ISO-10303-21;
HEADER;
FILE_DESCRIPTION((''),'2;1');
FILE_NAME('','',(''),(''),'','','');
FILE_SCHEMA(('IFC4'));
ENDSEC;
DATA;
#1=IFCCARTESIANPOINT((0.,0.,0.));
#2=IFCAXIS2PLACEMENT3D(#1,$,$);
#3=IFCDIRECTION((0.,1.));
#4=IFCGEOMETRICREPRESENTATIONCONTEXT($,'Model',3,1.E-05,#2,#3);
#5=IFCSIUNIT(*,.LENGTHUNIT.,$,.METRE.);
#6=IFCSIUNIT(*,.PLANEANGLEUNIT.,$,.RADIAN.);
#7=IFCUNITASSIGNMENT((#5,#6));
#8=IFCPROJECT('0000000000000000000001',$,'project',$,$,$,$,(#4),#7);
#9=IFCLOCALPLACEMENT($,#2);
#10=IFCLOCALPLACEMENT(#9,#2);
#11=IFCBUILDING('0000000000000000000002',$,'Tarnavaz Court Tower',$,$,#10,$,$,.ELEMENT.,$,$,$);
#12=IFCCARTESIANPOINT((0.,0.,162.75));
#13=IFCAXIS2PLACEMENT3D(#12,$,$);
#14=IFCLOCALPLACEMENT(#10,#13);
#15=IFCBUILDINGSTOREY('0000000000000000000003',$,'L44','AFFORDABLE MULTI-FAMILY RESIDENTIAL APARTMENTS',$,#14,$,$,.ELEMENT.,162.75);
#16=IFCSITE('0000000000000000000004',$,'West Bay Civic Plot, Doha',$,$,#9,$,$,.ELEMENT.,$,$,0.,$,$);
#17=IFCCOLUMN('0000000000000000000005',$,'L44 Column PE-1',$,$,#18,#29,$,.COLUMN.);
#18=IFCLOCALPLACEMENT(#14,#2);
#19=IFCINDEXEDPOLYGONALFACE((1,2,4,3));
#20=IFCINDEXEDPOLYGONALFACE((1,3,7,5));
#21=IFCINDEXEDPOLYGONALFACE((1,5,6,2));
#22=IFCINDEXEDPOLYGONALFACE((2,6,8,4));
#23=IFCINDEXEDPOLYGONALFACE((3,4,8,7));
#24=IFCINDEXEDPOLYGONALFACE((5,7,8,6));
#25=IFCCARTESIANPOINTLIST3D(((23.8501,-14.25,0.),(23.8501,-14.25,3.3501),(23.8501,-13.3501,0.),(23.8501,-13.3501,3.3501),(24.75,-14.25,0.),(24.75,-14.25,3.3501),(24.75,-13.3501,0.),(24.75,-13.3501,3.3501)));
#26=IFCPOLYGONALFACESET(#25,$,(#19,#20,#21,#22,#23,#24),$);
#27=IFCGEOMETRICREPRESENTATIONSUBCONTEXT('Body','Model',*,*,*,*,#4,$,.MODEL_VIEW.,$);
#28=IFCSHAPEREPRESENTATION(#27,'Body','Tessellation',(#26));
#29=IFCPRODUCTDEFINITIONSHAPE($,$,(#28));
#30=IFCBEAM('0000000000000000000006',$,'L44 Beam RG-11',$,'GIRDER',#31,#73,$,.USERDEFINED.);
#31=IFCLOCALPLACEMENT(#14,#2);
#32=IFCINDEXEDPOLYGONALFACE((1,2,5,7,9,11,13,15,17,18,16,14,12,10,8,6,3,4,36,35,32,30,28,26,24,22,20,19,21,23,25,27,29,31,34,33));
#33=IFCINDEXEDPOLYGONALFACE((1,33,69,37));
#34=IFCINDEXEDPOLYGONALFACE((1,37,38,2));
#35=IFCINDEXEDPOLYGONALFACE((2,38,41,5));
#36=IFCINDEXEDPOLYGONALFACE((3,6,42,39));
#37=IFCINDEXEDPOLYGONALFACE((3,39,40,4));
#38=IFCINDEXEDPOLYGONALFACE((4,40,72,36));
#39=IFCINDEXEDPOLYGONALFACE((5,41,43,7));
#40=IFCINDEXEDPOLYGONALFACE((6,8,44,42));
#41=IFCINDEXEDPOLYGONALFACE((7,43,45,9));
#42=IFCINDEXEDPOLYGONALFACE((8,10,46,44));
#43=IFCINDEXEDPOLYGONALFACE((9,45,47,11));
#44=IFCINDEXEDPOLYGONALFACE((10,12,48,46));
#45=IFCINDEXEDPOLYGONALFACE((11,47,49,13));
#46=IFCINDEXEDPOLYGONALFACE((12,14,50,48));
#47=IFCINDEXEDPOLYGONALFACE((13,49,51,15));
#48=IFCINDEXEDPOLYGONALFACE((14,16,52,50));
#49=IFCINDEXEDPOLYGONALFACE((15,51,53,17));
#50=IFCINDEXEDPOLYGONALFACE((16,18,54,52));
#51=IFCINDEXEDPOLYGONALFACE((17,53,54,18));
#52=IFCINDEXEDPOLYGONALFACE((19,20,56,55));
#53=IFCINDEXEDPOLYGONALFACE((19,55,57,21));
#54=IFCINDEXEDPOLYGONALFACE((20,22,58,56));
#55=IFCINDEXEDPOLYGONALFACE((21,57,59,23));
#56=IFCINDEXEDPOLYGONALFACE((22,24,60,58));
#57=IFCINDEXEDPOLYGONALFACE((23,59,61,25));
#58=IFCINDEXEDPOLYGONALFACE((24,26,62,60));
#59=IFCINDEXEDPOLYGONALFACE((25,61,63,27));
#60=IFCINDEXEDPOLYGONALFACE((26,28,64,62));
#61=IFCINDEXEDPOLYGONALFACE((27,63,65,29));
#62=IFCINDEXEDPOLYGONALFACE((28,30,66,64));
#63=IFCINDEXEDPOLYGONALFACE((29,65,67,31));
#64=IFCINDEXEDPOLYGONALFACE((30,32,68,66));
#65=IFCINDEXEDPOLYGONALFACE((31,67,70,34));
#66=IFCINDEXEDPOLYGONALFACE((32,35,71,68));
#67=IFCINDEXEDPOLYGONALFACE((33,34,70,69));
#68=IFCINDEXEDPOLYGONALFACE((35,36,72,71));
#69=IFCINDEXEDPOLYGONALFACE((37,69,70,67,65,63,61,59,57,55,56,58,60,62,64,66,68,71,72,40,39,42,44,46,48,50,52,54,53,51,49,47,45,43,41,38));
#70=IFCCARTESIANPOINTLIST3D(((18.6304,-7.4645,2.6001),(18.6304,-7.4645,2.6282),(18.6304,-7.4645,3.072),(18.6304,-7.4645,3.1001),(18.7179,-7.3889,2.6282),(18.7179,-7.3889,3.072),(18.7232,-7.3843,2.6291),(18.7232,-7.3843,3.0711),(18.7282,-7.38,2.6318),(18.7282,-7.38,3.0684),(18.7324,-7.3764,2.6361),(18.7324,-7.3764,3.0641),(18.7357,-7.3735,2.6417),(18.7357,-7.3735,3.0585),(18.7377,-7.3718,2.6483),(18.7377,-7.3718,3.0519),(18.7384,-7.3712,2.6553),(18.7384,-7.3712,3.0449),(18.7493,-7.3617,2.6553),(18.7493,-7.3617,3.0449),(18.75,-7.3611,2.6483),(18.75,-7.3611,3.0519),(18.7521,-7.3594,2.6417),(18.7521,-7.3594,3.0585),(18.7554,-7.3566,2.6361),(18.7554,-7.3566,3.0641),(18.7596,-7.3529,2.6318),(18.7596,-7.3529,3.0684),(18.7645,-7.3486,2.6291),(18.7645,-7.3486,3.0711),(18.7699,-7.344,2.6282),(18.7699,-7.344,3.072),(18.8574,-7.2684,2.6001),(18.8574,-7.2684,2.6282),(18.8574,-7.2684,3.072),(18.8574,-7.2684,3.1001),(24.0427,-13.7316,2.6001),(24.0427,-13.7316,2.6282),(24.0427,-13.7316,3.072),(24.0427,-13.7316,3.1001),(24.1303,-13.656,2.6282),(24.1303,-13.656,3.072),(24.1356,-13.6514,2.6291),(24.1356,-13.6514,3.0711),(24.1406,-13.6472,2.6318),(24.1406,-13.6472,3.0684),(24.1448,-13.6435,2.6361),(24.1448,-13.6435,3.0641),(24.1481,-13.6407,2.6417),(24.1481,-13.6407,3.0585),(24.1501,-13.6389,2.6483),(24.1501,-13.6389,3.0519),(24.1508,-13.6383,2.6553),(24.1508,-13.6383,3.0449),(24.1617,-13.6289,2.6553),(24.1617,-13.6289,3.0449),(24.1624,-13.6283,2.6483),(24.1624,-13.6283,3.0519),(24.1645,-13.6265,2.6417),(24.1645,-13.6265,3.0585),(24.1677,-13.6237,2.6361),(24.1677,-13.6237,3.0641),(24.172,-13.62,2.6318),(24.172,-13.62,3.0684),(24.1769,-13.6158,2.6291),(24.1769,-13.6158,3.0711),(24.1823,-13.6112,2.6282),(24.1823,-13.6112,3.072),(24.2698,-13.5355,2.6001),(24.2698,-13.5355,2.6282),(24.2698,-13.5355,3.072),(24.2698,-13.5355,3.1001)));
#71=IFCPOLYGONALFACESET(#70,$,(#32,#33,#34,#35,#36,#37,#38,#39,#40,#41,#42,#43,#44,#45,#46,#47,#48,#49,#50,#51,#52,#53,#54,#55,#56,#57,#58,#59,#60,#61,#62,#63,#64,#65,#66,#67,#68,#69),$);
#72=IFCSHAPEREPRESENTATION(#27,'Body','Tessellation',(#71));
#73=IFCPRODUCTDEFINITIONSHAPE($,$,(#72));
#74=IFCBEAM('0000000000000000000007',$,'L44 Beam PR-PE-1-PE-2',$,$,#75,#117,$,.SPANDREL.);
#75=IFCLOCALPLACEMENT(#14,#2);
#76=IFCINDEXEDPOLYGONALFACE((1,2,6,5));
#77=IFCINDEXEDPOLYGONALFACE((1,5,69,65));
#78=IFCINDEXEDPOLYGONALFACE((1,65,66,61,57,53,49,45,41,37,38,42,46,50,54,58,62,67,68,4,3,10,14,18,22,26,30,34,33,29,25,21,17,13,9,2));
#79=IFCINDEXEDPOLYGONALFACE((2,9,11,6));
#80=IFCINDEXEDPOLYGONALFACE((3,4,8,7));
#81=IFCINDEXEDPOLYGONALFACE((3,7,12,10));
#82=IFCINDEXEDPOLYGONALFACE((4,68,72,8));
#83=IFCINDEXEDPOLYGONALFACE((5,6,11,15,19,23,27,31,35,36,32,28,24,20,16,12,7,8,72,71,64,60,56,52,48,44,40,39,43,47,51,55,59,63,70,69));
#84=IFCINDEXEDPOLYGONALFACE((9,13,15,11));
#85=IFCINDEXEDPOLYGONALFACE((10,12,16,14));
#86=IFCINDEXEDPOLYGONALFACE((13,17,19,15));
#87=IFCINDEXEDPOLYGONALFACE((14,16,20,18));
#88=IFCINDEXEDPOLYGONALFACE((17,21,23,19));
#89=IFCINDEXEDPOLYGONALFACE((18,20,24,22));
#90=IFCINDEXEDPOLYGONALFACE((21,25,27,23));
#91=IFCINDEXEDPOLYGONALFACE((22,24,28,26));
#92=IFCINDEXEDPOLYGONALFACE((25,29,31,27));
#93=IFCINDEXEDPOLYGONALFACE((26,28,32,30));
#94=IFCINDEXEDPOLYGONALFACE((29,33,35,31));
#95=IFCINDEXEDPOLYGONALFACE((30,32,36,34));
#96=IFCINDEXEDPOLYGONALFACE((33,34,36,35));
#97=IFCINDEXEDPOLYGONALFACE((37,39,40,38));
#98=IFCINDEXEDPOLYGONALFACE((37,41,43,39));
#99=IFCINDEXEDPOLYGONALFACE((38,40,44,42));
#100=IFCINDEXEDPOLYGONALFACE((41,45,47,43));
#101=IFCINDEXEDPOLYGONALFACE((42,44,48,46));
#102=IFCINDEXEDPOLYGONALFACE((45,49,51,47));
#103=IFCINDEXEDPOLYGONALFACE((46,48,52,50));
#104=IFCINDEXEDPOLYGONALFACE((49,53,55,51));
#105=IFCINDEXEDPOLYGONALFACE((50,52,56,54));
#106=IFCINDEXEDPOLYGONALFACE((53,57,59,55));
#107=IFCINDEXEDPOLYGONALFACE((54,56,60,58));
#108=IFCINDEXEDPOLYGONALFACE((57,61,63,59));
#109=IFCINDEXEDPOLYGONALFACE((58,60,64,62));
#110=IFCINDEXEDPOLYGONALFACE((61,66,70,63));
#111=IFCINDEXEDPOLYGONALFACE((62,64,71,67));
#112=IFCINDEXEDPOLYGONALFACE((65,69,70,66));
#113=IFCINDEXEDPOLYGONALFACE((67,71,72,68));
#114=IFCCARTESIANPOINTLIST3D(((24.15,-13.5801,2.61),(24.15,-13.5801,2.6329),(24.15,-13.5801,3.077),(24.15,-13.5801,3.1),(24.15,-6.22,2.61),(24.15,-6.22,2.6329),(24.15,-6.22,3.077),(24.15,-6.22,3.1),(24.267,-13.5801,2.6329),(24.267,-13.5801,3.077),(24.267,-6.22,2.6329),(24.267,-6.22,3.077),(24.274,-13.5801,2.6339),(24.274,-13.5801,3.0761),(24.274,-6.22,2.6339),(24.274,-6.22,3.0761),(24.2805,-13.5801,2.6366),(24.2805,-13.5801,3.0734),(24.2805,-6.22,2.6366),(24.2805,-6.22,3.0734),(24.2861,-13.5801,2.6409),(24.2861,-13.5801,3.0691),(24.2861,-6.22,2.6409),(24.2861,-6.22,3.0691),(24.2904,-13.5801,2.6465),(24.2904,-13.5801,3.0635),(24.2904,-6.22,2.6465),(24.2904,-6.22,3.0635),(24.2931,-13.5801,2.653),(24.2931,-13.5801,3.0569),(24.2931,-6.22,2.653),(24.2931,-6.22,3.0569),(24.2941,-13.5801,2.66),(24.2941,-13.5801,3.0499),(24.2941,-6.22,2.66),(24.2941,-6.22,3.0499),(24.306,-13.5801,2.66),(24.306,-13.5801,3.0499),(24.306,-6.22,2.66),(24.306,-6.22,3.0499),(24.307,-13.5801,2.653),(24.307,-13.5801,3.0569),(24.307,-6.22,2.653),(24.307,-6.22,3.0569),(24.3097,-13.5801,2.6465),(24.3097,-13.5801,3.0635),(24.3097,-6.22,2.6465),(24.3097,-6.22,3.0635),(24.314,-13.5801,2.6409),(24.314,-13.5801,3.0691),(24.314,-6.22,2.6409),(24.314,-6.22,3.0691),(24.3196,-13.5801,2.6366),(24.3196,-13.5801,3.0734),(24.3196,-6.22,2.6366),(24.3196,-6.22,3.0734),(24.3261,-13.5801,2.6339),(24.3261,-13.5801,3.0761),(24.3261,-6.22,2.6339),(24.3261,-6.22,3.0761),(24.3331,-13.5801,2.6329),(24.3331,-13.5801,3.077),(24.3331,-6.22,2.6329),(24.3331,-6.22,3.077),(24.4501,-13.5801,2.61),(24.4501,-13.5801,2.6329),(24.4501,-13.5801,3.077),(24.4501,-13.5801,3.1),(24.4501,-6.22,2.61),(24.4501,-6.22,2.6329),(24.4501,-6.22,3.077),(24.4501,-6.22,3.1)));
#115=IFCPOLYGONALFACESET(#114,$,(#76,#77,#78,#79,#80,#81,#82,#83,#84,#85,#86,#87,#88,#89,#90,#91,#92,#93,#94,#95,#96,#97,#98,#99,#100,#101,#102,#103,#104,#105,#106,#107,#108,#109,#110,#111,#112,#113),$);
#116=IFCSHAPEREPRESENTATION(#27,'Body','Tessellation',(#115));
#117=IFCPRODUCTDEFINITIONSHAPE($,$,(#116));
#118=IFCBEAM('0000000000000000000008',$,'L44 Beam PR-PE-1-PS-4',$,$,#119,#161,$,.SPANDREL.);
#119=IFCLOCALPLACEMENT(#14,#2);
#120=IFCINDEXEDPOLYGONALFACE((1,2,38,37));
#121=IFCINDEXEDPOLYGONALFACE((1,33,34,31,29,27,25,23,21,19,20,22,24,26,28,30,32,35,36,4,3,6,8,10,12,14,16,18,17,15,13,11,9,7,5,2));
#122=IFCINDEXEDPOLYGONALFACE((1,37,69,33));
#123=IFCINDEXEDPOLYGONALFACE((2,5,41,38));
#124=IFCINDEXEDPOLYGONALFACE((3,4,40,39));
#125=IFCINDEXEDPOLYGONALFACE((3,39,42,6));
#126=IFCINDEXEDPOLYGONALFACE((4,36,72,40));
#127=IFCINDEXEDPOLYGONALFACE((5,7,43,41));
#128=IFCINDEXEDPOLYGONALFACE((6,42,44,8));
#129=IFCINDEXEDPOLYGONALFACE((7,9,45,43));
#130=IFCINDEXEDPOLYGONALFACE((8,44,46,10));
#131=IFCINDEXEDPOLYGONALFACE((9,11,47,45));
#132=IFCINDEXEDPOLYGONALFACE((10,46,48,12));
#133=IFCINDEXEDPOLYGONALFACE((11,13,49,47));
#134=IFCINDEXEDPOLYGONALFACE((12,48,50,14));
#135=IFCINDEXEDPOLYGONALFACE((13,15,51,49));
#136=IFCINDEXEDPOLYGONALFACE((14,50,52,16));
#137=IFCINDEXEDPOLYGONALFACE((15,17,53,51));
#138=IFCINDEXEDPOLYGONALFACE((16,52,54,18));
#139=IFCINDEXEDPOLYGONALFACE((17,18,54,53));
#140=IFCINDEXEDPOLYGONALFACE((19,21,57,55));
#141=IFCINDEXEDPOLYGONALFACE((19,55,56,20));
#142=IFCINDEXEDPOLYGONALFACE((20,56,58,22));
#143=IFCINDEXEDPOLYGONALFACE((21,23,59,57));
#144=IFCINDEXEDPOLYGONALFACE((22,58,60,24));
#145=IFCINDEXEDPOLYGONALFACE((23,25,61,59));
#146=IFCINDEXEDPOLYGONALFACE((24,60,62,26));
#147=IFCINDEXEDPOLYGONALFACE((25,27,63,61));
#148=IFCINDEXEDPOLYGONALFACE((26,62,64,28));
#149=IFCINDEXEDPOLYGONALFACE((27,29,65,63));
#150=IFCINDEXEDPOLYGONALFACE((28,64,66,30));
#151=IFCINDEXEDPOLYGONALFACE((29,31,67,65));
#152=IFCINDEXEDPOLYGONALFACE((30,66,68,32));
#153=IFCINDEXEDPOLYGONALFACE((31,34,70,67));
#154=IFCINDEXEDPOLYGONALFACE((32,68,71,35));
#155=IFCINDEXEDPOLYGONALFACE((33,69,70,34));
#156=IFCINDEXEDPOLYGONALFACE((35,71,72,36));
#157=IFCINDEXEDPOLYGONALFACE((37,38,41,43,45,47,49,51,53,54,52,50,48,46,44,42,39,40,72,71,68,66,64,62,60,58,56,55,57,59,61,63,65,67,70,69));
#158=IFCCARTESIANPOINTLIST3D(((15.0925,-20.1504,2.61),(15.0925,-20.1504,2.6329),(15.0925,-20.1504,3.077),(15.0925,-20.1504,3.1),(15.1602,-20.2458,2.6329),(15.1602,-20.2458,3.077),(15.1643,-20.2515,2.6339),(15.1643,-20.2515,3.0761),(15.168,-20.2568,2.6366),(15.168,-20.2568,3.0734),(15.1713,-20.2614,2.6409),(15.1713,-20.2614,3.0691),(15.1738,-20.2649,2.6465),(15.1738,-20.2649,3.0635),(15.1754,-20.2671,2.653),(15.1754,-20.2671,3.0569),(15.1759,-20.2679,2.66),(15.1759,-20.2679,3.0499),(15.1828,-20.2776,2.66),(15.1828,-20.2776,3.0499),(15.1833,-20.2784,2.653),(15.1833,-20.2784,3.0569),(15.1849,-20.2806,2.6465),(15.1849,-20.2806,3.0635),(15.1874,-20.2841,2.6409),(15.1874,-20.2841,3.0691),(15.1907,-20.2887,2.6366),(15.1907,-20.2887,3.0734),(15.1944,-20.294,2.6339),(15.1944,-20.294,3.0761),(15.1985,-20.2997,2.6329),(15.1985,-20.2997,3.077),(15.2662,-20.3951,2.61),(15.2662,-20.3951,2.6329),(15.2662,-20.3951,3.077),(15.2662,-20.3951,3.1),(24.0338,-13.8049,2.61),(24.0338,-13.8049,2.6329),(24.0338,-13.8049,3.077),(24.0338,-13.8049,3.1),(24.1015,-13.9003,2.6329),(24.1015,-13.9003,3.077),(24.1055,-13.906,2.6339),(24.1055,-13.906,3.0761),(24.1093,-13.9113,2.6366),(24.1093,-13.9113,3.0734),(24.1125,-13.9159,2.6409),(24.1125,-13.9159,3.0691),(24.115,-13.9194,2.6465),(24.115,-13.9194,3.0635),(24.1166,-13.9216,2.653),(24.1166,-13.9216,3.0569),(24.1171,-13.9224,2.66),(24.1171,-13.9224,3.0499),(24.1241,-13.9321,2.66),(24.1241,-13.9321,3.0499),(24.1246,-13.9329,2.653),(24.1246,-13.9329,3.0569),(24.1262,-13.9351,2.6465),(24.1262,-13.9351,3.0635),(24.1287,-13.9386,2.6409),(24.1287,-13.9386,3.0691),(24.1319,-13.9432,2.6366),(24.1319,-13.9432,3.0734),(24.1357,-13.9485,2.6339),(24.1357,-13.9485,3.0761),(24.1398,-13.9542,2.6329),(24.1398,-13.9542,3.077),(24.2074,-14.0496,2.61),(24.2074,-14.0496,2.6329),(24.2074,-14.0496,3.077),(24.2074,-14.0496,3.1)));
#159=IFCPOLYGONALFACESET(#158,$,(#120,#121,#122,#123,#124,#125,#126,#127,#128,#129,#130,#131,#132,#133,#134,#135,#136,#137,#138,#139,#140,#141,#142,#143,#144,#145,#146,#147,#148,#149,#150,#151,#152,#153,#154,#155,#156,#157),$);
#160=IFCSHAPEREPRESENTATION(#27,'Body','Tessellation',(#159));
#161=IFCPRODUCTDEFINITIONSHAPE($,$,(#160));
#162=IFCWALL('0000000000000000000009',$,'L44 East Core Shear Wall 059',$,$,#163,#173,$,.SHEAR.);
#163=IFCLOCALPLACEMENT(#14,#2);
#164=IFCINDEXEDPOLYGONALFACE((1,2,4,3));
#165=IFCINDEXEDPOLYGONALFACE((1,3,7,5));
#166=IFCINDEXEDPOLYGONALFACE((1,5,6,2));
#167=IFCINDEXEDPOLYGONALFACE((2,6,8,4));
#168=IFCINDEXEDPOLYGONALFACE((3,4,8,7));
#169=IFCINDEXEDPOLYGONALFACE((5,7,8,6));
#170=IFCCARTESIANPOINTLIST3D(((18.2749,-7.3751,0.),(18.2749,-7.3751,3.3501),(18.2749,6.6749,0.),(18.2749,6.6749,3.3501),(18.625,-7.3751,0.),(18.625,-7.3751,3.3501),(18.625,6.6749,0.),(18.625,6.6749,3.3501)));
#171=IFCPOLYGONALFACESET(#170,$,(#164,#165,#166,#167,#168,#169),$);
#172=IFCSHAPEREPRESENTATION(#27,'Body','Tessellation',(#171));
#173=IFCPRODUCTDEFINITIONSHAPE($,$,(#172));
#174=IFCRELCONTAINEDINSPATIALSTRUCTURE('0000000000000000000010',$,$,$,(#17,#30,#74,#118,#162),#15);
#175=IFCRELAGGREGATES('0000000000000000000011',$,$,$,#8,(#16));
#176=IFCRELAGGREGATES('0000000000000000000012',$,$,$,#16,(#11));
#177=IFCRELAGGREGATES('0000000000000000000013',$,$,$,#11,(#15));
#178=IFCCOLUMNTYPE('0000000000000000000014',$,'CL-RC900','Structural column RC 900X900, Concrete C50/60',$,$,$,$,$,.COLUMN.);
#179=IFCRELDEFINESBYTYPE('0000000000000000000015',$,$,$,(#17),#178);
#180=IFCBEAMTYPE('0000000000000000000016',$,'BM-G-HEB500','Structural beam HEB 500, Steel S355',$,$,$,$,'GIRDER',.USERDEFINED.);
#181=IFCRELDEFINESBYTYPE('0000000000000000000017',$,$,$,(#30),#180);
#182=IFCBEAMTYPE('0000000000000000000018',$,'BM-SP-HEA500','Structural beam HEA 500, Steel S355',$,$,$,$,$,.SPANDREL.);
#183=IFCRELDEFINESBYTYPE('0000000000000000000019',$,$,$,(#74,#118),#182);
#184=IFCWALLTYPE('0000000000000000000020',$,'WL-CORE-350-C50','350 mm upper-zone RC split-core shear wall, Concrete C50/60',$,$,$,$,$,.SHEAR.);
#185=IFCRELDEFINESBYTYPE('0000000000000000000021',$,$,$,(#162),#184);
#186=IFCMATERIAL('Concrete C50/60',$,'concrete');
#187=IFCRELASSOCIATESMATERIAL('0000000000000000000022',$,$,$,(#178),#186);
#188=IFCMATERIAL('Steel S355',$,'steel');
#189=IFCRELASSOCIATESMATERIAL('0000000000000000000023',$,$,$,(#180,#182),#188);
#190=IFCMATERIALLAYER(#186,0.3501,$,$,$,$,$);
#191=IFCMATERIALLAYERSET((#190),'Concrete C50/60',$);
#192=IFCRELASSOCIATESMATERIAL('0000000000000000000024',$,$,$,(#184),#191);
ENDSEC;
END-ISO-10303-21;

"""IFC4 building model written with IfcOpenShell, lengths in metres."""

from ifc_helpers import new_model, si_unit, direction, frame, frame_2d, origin, origin_2d, place, context, subcontext, project, spatial, rectangle, i_section, extrude, material, layer, layer_set, material_profile, profile_set, type_object, element, save


model = new_model("IFC4")

# Units and contexts
model_context = context("Model", 3, precision=1e-05, world=origin(), true_north=direction((0.0, 1.0)))
body_context = subcontext(model_context, "Body", "Model", "MODEL_VIEW")
ifc_project = project(units=[si_unit("LENGTHUNIT", "METRE"), si_unit("PLANEANGLEUNIT", "RADIAN")], contexts=[model_context])

# Site, building, storey
site_placement = place(None, origin())
site = spatial("IfcSite", under=ifc_project, at=site_placement, Name="West Bay Civic Plot, Doha", CompositionType="ELEMENT", RefElevation=0.0)
building_placement = place(site_placement, origin())
building = spatial("IfcBuilding", under=site, at=building_placement, Name="Tarnavaz Court Tower", CompositionType="ELEMENT")
storey_placement = place(building_placement, frame((0.0, 0.0, 162.75)))
storey = spatial("IfcBuildingStorey", under=building, at=storey_placement, Name="L44", Description="AFFORDABLE MULTI-FAMILY RESIDENTIAL APARTMENTS", CompositionType="ELEMENT", Elevation=162.75)

# Column
ifc_material_1 = material(Name="Concrete C50/60", Category="concrete")
ifc_material_profile_1 = material_profile(ifc_material_1, rectangle(XDim=0.8999, YDim=0.8999, at=origin_2d()), Name="RC 900X900")
ifc_profile_set_1 = profile_set([ifc_material_profile_1], Name="Concrete C50/60")
column_type = type_object("IfcColumnType", Name="CL-RC900", Description="Structural column RC 900X900, Concrete C50/60", PredefinedType="COLUMN", material=ifc_profile_set_1)
column_placement = place(storey_placement, frame((24.3, -13.8, 0.0), z_axis=(0.0, 0.0, 1.0), x_axis=(1.0, 0.0, 0.0)))
element("IfcColumn", 1, at=column_placement, inside=storey, type_object=column_type, Name="L44 Column PE-1", PredefinedType="COLUMN", context=body_context, shape_type="SweptSolid", body=[
    extrude(rectangle(XDim=0.8999, YDim=0.8999, at=origin_2d()), origin(), (0.0, 0.0, 1.0), 3.3501),
])

# Beams
ifc_material_2 = material(Name="Steel S355", Category="steel")
ifc_material_profile_2 = material_profile(ifc_material_2, i_section(OverallWidth=0.3, OverallDepth=0.5, WebThickness=0.0144, FlangeThickness=0.0281, FilletRadius=0.0271, at=origin_2d()), Name="HEB 500")
ifc_profile_set_2 = profile_set([ifc_material_profile_2], Name="Steel S355")
beam_type_1 = type_object("IfcBeamType", Name="BM-G-HEB500", Description="Structural beam HEB 500, Steel S355", ElementType="GIRDER", PredefinedType="USERDEFINED", material=ifc_profile_set_2)
beam_1_placement = place(storey_placement, frame((18.7439, -7.3665, 2.8501), z_axis=(0.653611, -0.756831, 0.0), x_axis=(0.756831, 0.653611, 0.0)))
element("IfcBeam", 2, at=beam_1_placement, inside=storey, type_object=beam_type_1, Name="L44 Beam RG-11", ObjectType="GIRDER", PredefinedType="USERDEFINED", context=body_context, shape_type="SweptSolid", body=[
    extrude(i_section(OverallWidth=0.3, OverallDepth=0.5, WebThickness=0.0144, FlangeThickness=0.0281, FilletRadius=0.0271, at=origin_2d()), origin(), (0.0, 0.0, 1.0), 8.2808),
])
ifc_material_profile_3 = material_profile(ifc_material_2, i_section(OverallWidth=0.3, OverallDepth=0.49, WebThickness=0.012, FlangeThickness=0.0229, FilletRadius=0.0271, at=origin_2d()), Name="HEA 500")
ifc_profile_set_3 = profile_set([ifc_material_profile_3], Name="Steel S355")
beam_type_2 = type_object("IfcBeamType", Name="BM-SP-HEA500", Description="Structural beam HEA 500, Steel S355", PredefinedType="SPANDREL", material=ifc_profile_set_3)
beam_2_placement = place(storey_placement, frame((24.3, -13.5801, 2.855), z_axis=(0.0, 1.0, 0.0), x_axis=(-1.0, 0.0, 0.0)))
element("IfcBeam", 3, at=beam_2_placement, inside=storey, type_object=beam_type_2, Name="L44 Beam PR-PE-1-PE-2", PredefinedType="SPANDREL", context=body_context, shape_type="SweptSolid", body=[
    extrude(i_section(OverallWidth=0.3, OverallDepth=0.49, WebThickness=0.012, FlangeThickness=0.0229, FilletRadius=0.0271, at=origin_2d()), origin(), (0.0, 0.0, 1.0), 7.3601),
])
beam_3_placement = place(storey_placement, frame((24.1206, -13.9272, 2.855), z_axis=(-0.815502, -0.578754, 0.0), x_axis=(0.578754, -0.815502, 0.0)))
element("IfcBeam", 4, at=beam_3_placement, inside=storey, type_object=beam_type_2, Name="L44 Beam PR-PE-1-PS-4", PredefinedType="SPANDREL", context=body_context, shape_type="SweptSolid", body=[
    extrude(i_section(OverallWidth=0.3, OverallDepth=0.49, WebThickness=0.012, FlangeThickness=0.0229, FilletRadius=0.0271, at=origin_2d()), origin(), (0.0, 0.0, 1.0), 10.9641),
])

# Wall
ifc_layer_1 = layer(ifc_material_1, 0.3501)
ifc_layer_set_1 = layer_set([ifc_layer_1], Name="Concrete C50/60")
wall_type_1 = type_object("IfcWallType", Name="WL-CORE-350-C50", Description="350 mm upper-zone RC split-core shear wall, Concrete C50/60", PredefinedType="SHEAR", material=ifc_layer_set_1)
wall_1_placement = place(storey_placement, frame((18.45, -7.375, 0.0), z_axis=(0.0, 0.0, 1.0), x_axis=(0.0, 1.0, 0.0)))
element("IfcWall", 5, at=wall_1_placement, inside=storey, type_object=wall_type_1, Name="L44 East Core Shear Wall 059", PredefinedType="SHEAR", context=body_context, shape_type="SweptSolid", body=[
    extrude(rectangle(XDim=14.05, YDim=0.3501, at=frame_2d((7.0249, 0.0))), origin(), (0.0, 0.0, 1.0), 3.3501),
])

save(model, "model.ifc")
